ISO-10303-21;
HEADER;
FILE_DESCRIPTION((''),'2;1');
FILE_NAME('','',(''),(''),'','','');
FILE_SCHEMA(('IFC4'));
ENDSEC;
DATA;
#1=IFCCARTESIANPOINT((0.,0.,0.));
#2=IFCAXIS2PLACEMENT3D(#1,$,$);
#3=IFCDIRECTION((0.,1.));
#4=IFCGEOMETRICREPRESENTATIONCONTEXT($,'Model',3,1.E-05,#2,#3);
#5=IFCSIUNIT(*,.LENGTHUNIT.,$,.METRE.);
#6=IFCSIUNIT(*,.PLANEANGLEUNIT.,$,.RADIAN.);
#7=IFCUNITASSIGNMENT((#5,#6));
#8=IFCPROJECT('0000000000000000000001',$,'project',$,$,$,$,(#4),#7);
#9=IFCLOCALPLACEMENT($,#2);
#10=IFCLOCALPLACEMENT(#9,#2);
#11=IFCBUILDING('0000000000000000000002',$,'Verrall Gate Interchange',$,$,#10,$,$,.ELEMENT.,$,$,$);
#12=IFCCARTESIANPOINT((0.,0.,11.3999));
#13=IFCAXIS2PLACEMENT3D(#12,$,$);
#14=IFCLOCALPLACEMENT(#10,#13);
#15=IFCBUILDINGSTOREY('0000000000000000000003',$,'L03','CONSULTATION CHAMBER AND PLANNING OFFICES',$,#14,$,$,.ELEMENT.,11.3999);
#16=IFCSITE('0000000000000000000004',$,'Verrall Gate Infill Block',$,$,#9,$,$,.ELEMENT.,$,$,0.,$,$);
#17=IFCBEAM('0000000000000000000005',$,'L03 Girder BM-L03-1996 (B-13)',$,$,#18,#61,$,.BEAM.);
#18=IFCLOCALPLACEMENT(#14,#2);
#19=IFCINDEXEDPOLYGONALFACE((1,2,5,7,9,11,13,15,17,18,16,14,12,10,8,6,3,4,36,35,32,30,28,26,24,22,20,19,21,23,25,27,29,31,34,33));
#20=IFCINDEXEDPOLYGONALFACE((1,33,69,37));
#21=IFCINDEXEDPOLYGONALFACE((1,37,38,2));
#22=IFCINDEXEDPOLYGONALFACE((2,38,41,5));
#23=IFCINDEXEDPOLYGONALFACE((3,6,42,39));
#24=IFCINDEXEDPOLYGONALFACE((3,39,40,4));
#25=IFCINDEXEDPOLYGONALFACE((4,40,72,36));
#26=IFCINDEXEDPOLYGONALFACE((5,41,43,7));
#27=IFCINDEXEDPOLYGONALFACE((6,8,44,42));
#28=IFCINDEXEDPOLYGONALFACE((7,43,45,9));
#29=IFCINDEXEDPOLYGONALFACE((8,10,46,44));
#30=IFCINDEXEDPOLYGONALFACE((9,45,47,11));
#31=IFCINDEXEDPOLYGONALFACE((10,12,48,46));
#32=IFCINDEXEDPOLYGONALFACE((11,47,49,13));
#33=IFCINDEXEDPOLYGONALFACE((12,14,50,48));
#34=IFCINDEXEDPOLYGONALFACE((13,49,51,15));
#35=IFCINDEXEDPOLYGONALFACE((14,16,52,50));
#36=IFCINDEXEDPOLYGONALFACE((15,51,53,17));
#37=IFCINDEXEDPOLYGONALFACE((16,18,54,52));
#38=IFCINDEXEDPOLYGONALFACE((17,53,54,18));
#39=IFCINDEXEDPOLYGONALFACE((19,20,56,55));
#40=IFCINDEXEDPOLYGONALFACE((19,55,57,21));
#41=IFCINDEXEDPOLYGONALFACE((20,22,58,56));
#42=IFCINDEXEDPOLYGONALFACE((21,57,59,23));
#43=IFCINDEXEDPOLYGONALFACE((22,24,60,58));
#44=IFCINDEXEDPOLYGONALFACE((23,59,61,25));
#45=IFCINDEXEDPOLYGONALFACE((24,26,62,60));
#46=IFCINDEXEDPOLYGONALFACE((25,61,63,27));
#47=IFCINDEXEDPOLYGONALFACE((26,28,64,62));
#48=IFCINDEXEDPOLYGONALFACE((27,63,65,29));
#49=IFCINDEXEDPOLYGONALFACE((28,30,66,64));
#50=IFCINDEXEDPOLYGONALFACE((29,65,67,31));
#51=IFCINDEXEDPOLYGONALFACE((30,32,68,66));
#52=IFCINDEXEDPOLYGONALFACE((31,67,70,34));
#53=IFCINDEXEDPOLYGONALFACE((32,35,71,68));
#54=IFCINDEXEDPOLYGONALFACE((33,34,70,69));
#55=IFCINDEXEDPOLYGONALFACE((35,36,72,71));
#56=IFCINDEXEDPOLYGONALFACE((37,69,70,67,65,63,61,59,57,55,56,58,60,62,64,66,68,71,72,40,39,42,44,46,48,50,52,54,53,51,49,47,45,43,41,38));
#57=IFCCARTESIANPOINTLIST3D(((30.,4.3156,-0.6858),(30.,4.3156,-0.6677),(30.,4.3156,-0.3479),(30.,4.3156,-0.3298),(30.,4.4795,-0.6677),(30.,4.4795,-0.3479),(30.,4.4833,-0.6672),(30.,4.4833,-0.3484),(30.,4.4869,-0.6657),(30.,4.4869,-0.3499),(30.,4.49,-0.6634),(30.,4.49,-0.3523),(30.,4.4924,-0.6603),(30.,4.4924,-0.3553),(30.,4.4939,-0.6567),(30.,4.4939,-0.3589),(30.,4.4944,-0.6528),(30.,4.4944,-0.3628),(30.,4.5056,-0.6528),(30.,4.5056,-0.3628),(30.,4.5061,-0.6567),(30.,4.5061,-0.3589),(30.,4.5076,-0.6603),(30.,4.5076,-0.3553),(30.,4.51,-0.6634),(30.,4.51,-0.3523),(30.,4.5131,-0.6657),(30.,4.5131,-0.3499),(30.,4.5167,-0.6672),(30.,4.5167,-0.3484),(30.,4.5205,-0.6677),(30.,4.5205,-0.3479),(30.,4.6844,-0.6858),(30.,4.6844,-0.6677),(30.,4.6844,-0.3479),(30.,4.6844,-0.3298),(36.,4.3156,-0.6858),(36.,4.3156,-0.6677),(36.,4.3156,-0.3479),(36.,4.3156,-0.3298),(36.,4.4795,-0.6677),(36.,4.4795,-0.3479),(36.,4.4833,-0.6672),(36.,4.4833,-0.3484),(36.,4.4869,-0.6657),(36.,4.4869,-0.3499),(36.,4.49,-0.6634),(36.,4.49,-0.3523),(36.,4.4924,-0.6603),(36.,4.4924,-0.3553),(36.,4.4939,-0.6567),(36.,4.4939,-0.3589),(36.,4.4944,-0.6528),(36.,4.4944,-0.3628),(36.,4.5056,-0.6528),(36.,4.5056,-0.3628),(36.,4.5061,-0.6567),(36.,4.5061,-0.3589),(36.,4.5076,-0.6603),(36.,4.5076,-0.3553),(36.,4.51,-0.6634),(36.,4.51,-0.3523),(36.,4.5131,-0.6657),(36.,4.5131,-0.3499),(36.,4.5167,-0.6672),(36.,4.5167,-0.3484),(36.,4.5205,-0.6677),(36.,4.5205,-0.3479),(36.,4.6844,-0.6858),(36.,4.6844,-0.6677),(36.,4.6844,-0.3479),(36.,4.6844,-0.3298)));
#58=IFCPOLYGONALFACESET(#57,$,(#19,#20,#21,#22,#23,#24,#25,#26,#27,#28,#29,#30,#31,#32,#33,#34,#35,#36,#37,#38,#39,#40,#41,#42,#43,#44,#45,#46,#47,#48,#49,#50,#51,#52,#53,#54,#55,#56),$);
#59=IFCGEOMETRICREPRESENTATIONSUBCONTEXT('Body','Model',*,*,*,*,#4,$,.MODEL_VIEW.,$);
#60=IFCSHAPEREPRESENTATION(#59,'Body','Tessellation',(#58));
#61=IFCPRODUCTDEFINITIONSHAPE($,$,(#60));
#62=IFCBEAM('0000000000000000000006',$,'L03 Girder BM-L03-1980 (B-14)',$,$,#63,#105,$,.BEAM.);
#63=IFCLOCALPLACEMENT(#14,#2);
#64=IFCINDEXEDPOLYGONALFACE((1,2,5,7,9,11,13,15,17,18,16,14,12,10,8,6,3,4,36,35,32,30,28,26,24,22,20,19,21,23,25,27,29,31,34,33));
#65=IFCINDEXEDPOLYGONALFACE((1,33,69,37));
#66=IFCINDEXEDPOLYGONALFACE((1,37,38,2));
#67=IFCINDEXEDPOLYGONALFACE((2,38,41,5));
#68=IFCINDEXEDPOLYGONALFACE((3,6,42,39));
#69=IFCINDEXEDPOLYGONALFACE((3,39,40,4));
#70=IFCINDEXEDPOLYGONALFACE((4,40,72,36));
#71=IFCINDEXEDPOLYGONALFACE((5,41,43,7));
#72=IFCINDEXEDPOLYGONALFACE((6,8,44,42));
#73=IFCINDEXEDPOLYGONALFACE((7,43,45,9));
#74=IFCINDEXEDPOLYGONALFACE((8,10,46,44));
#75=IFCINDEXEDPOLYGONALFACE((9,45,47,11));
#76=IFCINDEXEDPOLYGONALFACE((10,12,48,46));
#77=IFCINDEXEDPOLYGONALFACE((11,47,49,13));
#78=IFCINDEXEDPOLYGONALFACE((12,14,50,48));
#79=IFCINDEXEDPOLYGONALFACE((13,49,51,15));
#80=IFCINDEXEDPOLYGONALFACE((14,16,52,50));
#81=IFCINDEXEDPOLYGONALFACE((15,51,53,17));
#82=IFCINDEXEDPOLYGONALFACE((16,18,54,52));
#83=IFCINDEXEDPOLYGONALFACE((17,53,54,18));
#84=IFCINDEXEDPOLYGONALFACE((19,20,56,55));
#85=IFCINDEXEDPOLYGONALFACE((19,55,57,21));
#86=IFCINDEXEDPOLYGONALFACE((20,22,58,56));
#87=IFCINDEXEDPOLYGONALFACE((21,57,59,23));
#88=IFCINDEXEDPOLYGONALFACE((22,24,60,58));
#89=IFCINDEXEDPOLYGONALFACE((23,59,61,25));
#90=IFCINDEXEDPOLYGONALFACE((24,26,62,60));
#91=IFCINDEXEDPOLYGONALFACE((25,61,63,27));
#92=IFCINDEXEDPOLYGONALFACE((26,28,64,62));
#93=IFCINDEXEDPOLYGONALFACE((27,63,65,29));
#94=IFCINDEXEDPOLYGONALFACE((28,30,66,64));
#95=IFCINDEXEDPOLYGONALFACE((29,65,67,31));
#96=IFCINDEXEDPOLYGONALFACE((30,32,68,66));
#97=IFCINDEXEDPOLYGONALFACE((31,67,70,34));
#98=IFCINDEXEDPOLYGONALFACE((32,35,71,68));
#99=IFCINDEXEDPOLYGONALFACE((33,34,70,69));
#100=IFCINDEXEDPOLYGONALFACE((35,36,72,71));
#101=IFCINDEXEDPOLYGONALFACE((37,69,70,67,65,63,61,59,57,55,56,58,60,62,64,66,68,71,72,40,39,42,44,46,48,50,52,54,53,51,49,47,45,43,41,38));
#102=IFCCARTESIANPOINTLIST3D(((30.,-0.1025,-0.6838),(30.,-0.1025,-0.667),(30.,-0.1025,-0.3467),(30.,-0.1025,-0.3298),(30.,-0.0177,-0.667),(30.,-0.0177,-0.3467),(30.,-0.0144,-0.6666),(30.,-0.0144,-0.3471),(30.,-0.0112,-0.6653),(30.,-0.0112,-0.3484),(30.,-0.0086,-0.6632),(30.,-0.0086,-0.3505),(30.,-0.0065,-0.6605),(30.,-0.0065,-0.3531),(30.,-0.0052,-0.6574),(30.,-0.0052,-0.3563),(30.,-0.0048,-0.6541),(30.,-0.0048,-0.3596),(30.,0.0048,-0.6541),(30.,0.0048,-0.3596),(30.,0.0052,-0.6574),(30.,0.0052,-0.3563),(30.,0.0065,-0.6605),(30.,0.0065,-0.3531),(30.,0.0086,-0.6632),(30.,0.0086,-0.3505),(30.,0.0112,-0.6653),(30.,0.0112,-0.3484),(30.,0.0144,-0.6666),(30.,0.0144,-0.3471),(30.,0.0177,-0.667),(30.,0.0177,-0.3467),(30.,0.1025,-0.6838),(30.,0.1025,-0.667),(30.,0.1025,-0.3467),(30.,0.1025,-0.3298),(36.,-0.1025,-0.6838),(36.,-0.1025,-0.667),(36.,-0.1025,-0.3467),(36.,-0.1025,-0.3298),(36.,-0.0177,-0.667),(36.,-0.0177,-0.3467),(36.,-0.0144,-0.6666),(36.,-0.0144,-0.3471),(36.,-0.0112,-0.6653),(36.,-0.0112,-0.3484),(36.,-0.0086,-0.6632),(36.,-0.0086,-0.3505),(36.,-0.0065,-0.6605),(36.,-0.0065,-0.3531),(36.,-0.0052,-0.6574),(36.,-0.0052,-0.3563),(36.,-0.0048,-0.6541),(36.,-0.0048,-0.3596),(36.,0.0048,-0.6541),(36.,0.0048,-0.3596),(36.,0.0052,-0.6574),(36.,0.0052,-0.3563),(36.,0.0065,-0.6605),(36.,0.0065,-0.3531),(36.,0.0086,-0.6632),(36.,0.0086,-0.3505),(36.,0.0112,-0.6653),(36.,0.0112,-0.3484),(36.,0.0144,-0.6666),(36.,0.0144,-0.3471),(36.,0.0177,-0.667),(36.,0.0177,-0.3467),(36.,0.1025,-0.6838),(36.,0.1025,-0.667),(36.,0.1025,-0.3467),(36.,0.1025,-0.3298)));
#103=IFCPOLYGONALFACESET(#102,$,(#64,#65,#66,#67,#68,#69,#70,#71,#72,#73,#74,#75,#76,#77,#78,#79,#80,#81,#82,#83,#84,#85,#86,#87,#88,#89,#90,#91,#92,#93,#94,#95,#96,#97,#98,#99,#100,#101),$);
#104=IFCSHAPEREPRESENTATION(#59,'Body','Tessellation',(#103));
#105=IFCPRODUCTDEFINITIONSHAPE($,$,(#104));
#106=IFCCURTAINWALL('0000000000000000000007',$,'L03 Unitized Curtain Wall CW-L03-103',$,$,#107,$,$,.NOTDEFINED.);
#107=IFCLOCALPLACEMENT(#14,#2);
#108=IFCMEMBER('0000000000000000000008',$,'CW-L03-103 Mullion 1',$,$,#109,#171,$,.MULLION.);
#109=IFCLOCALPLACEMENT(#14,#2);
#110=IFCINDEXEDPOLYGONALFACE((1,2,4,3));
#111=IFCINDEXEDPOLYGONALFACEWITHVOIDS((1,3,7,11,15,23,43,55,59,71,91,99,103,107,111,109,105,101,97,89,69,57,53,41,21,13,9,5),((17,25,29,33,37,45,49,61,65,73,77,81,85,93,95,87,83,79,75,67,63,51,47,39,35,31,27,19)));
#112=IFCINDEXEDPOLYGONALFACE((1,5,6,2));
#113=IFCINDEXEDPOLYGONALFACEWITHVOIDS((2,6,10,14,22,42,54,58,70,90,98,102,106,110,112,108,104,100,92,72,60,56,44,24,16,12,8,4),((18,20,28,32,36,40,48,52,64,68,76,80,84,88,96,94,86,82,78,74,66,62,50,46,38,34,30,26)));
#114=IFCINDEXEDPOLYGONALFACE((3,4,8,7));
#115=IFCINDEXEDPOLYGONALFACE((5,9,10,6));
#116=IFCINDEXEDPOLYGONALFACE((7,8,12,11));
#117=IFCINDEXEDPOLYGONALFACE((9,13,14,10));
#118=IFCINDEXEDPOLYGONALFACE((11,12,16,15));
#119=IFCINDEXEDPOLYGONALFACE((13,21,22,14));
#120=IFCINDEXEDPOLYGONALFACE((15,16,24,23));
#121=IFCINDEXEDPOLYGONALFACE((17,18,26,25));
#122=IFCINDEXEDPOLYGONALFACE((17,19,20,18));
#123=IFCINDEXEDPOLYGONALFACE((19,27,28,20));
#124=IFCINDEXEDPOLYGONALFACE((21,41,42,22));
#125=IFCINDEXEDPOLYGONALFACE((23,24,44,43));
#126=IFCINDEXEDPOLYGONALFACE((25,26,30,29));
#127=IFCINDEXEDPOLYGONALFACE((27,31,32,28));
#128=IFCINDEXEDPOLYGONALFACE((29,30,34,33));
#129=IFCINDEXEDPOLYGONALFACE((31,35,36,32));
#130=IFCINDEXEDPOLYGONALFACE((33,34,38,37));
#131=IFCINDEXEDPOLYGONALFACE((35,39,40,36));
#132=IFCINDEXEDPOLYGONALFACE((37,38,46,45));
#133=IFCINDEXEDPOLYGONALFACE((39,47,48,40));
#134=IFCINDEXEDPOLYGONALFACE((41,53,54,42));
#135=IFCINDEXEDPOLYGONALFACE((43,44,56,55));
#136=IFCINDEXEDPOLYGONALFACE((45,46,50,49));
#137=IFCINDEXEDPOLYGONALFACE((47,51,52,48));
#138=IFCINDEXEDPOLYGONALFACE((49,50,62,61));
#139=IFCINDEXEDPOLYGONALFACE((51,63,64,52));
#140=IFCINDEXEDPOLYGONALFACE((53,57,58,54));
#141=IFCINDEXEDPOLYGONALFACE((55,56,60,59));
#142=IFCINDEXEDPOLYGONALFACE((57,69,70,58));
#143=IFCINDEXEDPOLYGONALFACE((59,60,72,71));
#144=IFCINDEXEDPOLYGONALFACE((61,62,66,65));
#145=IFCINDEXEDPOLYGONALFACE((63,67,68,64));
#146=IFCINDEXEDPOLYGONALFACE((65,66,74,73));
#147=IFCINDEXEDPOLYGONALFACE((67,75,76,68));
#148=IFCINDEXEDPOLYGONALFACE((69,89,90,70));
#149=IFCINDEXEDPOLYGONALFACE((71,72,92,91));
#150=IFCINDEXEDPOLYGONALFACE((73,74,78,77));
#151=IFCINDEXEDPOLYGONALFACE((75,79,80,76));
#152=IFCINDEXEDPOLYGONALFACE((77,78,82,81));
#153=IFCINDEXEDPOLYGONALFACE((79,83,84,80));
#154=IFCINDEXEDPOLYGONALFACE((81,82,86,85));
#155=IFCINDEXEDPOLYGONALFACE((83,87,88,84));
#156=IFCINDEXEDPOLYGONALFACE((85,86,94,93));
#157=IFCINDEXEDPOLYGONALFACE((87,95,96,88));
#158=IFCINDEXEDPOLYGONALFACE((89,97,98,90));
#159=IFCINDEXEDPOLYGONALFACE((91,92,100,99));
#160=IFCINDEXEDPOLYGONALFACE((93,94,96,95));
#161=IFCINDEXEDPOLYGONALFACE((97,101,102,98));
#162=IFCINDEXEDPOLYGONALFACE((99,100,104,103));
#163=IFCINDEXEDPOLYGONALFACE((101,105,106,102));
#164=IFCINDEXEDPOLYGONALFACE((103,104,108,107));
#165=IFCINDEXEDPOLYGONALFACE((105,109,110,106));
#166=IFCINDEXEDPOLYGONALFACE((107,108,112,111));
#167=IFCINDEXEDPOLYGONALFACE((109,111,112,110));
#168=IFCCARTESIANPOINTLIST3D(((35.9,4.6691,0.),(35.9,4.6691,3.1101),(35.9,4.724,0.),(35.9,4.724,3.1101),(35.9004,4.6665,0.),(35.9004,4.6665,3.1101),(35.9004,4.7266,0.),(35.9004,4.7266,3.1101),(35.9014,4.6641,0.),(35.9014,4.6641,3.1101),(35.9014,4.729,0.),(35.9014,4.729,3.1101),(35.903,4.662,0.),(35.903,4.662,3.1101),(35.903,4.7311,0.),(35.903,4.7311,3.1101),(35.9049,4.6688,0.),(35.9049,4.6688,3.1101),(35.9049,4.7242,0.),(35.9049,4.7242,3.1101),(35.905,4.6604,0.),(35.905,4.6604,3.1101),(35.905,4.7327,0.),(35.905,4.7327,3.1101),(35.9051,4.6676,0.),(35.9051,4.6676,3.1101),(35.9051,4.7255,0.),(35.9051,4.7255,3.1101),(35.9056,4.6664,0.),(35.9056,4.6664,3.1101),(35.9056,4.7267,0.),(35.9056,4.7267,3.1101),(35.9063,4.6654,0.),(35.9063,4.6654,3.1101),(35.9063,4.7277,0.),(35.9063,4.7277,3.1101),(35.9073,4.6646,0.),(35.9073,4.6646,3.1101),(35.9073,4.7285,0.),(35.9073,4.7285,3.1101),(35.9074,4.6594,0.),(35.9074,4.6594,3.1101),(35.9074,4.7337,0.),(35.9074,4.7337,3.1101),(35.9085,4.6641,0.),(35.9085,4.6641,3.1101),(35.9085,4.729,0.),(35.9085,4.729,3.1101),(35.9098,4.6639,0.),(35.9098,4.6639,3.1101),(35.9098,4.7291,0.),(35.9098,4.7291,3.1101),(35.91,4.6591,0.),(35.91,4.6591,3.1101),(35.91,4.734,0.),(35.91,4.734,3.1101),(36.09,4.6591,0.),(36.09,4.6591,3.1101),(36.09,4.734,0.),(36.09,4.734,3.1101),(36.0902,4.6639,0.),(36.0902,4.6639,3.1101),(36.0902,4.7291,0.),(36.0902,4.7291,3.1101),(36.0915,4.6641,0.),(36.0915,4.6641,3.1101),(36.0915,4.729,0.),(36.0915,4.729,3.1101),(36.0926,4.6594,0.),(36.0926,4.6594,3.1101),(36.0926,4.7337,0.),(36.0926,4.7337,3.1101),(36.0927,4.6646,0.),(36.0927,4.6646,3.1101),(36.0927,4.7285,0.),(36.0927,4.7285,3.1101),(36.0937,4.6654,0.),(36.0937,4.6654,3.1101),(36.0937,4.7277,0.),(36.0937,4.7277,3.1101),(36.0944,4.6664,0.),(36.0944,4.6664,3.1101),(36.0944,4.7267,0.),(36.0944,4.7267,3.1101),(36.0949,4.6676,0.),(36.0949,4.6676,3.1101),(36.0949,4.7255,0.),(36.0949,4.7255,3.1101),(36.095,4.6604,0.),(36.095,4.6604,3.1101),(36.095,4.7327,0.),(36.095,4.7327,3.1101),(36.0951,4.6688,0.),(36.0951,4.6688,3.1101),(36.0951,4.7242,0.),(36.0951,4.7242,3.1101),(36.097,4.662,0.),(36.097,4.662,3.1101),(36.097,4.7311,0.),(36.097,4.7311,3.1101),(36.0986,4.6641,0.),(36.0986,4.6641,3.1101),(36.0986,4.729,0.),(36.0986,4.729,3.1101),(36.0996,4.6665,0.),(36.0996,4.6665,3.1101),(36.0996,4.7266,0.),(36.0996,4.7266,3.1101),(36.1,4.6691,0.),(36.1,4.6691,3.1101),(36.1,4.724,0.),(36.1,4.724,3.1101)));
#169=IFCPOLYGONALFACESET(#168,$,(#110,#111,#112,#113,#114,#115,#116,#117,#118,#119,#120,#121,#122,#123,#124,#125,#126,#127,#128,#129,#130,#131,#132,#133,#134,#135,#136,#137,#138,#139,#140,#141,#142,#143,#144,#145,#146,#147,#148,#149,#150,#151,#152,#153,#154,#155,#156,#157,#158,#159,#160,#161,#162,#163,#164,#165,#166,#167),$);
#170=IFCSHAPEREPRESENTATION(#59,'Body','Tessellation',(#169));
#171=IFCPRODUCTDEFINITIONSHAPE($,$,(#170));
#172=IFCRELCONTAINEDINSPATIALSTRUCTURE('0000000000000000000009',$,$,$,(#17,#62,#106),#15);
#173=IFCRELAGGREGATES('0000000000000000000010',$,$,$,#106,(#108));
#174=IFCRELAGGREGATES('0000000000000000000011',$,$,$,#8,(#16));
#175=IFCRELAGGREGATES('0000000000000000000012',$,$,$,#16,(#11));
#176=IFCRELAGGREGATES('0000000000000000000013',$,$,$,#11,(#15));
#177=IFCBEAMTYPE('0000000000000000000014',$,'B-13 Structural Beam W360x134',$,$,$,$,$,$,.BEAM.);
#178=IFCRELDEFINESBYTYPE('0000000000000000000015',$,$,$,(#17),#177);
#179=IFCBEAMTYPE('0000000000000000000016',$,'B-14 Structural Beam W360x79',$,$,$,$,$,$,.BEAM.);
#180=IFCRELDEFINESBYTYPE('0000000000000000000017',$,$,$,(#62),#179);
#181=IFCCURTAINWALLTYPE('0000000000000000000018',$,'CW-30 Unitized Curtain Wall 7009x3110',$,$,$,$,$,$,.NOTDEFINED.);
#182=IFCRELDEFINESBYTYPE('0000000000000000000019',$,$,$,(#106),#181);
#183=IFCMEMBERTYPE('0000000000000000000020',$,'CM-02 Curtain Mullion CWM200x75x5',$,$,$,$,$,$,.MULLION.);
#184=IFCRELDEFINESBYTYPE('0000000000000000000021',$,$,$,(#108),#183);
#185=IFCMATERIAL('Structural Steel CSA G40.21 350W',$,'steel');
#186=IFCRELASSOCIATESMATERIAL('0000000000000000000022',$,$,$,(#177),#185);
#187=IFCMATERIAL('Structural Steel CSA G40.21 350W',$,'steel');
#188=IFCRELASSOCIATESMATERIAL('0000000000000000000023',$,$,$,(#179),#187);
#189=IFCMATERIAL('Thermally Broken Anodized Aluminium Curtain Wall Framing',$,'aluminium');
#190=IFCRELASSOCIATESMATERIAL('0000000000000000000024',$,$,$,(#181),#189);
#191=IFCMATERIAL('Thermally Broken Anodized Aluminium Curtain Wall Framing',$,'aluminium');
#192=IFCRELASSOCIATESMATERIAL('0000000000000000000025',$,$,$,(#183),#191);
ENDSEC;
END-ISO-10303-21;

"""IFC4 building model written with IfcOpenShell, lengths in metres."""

from ifc_helpers import new_model, si_unit, direction, frame, origin, origin_2d, place, context, subcontext, project, spatial, hollow_rectangle, i_section, extrude, material, material_profile, profile_set, type_object, element, aggregate, save


model = new_model("IFC4")

# Units and contexts
model_context = context("Model", 3, precision=1e-05, world=origin(), true_north=direction((0.0, 1.0)))
body_context = subcontext(model_context, "Body", "Model", "MODEL_VIEW")
ifc_project = project(units=[si_unit("LENGTHUNIT", "METRE"), si_unit("PLANEANGLEUNIT", "RADIAN")], contexts=[model_context])

# Site, building, storey
site_placement = place(None, origin())
site = spatial("IfcSite", under=ifc_project, at=site_placement, Name="Verrall Gate Infill Block", CompositionType="ELEMENT", RefElevation=0.0)
building_placement = place(site_placement, origin())
building = spatial("IfcBuilding", under=site, at=building_placement, Name="Verrall Gate Interchange", CompositionType="ELEMENT")
storey_placement = place(building_placement, frame((0.0, 0.0, 11.3999)))
storey = spatial("IfcBuildingStorey", under=building, at=storey_placement, Name="L03", Description="CONSULTATION CHAMBER AND PLANNING OFFICES", CompositionType="ELEMENT", Elevation=11.3999)

# Beams
ifc_material_1 = material(Name="Structural Steel CSA G40.21 350W", Category="steel")
ifc_material_profile_1 = material_profile(ifc_material_1, i_section(OverallWidth=0.3689, OverallDepth=0.356, WebThickness=0.0112, FlangeThickness=0.0181, FilletRadius=0.0149, at=origin_2d()), Name="W360x134")
ifc_profile_set_1 = profile_set([ifc_material_profile_1], Name="Structural Steel CSA G40.21 350W")
beam_type_1 = type_object("IfcBeamType", Name="B-13 Structural Beam W360x134", PredefinedType="BEAM", material=ifc_profile_set_1)
beam_1_placement = place(storey_placement, frame((30.0, 4.5, -0.5078), z_axis=(1.0, 0.0, 0.0), x_axis=(0.0, 1.0, 0.0)))
element("IfcBeam", 1, at=beam_1_placement, inside=storey, type_object=beam_type_1, Name="L03 Girder BM-L03-1996 (B-13)", PredefinedType="BEAM", context=body_context, shape_type="SweptSolid", body=[
    extrude(i_section(OverallWidth=0.3689, OverallDepth=0.356, WebThickness=0.0112, FlangeThickness=0.0181, FilletRadius=0.0149, at=origin_2d()), origin(), (0.0, 0.0, 1.0), 6.0),
])
ifc_material_2 = material(Name="Structural Steel CSA G40.21 350W", Category="steel")
ifc_material_profile_2 = material_profile(ifc_material_2, i_section(OverallWidth=0.2051, OverallDepth=0.354, WebThickness=0.0095, FlangeThickness=0.0168, FilletRadius=0.0129, at=origin_2d()), Name="W360x79")
ifc_profile_set_2 = profile_set([ifc_material_profile_2], Name="Structural Steel CSA G40.21 350W")
beam_type_2 = type_object("IfcBeamType", Name="B-14 Structural Beam W360x79", PredefinedType="BEAM", material=ifc_profile_set_2)
beam_2_placement = place(storey_placement, frame((30.0, 0.0, -0.5068), z_axis=(1.0, 0.0, 0.0), x_axis=(0.0, 1.0, 0.0)))
element("IfcBeam", 2, at=beam_2_placement, inside=storey, type_object=beam_type_2, Name="L03 Girder BM-L03-1980 (B-14)", PredefinedType="BEAM", context=body_context, shape_type="SweptSolid", body=[
    extrude(i_section(OverallWidth=0.2051, OverallDepth=0.354, WebThickness=0.0095, FlangeThickness=0.0168, FilletRadius=0.0129, at=origin_2d()), origin(), (0.0, 0.0, 1.0), 6.0),
])

# Curtain wall, member
ifc_material_3 = material(Name="Thermally Broken Anodized Aluminium Curtain Wall Framing", Category="aluminium")
curtain_wall_type = type_object("IfcCurtainWallType", Name="CW-30 Unitized Curtain Wall 7009x3110", PredefinedType="NOTDEFINED", material=ifc_material_3)
curtain_wall_placement = place(storey_placement, origin())
curtain_wall = element("IfcCurtainWall", 3, at=curtain_wall_placement, inside=storey, type_object=curtain_wall_type, Name="L03 Unitized Curtain Wall CW-L03-103", PredefinedType="NOTDEFINED")
ifc_material_4 = material(Name="Thermally Broken Anodized Aluminium Curtain Wall Framing", Category="aluminium")
ifc_material_profile_3 = material_profile(ifc_material_4, hollow_rectangle(XDim=0.075, YDim=0.2, WallThickness=0.0049, InnerFilletRadius=0.0049, OuterFilletRadius=0.01, at=origin_2d()), Name="CWM200x75x5")
ifc_profile_set_3 = profile_set([ifc_material_profile_3], Name="Thermally Broken Anodized Aluminium Curtain Wall Framing")
member_type_1 = type_object("IfcMemberType", Name="CM-02 Curtain Mullion CWM200x75x5", PredefinedType="MULLION", material=ifc_profile_set_3)
member_1_placement = place(storey_placement, frame((36.0, 4.6965, 0.0), z_axis=(0.0, 0.0, 1.0), x_axis=(0.0, 1.0, 0.0)))
member_1 = element("IfcMember", 4, at=member_1_placement, type_object=member_type_1, Name="CW-L03-103 Mullion 1", PredefinedType="MULLION", context=body_context, shape_type="SweptSolid", body=[
    extrude(hollow_rectangle(XDim=0.075, YDim=0.2, WallThickness=0.0049, InnerFilletRadius=0.0049, OuterFilletRadius=0.01, at=origin_2d()), origin(), (0.0, 0.0, 1.0), 3.1101),
])

aggregate(curtain_wall, [member_1])

save(model, "model.ifc")
